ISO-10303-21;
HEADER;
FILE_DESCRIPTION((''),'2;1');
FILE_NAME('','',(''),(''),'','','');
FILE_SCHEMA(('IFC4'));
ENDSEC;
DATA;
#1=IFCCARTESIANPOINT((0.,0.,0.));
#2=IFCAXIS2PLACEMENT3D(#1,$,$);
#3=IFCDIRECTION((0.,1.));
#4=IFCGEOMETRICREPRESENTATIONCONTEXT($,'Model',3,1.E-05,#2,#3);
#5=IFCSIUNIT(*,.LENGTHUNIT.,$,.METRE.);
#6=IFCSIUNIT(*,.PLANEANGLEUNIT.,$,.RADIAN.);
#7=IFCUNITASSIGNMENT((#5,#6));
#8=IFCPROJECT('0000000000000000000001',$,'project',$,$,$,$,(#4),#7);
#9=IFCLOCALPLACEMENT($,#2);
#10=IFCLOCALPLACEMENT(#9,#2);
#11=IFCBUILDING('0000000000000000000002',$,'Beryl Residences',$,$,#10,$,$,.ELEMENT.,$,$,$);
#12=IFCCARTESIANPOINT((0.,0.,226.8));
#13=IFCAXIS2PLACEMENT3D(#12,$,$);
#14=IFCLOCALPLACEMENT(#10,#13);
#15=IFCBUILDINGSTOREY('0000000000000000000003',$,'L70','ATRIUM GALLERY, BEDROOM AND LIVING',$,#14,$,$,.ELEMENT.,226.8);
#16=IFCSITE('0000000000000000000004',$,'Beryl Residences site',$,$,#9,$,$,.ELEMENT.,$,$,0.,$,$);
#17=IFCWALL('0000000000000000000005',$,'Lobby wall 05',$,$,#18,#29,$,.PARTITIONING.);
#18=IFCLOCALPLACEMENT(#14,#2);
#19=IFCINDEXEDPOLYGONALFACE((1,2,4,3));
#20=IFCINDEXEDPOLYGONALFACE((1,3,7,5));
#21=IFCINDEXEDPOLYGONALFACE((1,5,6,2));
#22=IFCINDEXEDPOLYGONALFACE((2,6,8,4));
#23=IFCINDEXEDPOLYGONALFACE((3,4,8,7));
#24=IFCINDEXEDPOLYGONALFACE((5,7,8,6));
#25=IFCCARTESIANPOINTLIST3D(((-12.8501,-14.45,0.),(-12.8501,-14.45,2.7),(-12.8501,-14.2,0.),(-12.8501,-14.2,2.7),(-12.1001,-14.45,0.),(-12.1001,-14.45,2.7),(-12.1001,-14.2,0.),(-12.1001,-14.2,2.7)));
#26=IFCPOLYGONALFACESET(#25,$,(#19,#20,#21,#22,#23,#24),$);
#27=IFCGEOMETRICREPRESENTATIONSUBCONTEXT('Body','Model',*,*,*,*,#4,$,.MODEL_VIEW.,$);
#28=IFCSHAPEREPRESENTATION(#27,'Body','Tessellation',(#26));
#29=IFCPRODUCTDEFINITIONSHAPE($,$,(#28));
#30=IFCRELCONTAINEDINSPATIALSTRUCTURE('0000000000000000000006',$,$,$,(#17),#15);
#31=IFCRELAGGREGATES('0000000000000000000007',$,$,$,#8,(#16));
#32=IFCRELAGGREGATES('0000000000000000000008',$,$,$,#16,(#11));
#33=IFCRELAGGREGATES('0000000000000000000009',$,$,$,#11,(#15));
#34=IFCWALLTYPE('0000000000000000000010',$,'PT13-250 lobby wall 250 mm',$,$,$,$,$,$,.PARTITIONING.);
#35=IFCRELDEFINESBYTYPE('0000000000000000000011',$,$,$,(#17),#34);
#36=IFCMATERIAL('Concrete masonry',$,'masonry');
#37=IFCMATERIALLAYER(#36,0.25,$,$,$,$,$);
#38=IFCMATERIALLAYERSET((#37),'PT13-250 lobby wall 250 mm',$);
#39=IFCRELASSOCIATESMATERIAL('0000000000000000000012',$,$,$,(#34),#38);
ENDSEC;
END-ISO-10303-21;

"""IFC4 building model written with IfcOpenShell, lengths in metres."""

from ifc_helpers import new_model, si_unit, direction, frame, frame_2d, origin, place, context, subcontext, project, spatial, rectangle, extrude, material, layer, layer_set, type_object, element, save


model = new_model("IFC4")

# Units and contexts
model_context = context("Model", 3, precision=1e-05, world=origin(), true_north=direction((0.0, 1.0)))
body_context = subcontext(model_context, "Body", "Model", "MODEL_VIEW")
ifc_project = project(units=[si_unit("LENGTHUNIT", "METRE"), si_unit("PLANEANGLEUNIT", "RADIAN")], contexts=[model_context])

# Site, building, storey
site_placement = place(None, origin())
site = spatial("IfcSite", under=ifc_project, at=site_placement, Name="Beryl Residences site", CompositionType="ELEMENT", RefElevation=0.0)
building_placement = place(site_placement, origin())
building = spatial("IfcBuilding", under=site, at=building_placement, Name="Beryl Residences", CompositionType="ELEMENT")
storey_placement = place(building_placement, frame((0.0, 0.0, 226.8)))
storey = spatial("IfcBuildingStorey", under=building, at=storey_placement, Name="L70", Description="ATRIUM GALLERY, BEDROOM AND LIVING", CompositionType="ELEMENT", Elevation=226.8)

# Wall
ifc_material_1 = material(Name="Concrete masonry", Category="masonry")
ifc_layer_1 = layer(ifc_material_1, 0.25)
ifc_layer_set_1 = layer_set([ifc_layer_1], Name="PT13-250 lobby wall 250 mm")
wall_type_1 = type_object("IfcWallType", Name="PT13-250 lobby wall 250 mm", PredefinedType="PARTITIONING", material=ifc_layer_set_1)
wall_1_placement = place(storey_placement, frame((-12.8501, -14.325, 0.0), z_axis=(0.0, 0.0, 1.0), x_axis=(1.0, 0.0, 0.0)))
element("IfcWall", 1, at=wall_1_placement, inside=storey, type_object=wall_type_1, Name="Lobby wall 05", PredefinedType="PARTITIONING", context=body_context, shape_type="SweptSolid", body=[
    extrude(rectangle(XDim=0.75, YDim=0.25, at=frame_2d((0.375, 0.0))), origin(), (0.0, 0.0, 1.0), 2.7),
])

save(model, "model.ifc")
